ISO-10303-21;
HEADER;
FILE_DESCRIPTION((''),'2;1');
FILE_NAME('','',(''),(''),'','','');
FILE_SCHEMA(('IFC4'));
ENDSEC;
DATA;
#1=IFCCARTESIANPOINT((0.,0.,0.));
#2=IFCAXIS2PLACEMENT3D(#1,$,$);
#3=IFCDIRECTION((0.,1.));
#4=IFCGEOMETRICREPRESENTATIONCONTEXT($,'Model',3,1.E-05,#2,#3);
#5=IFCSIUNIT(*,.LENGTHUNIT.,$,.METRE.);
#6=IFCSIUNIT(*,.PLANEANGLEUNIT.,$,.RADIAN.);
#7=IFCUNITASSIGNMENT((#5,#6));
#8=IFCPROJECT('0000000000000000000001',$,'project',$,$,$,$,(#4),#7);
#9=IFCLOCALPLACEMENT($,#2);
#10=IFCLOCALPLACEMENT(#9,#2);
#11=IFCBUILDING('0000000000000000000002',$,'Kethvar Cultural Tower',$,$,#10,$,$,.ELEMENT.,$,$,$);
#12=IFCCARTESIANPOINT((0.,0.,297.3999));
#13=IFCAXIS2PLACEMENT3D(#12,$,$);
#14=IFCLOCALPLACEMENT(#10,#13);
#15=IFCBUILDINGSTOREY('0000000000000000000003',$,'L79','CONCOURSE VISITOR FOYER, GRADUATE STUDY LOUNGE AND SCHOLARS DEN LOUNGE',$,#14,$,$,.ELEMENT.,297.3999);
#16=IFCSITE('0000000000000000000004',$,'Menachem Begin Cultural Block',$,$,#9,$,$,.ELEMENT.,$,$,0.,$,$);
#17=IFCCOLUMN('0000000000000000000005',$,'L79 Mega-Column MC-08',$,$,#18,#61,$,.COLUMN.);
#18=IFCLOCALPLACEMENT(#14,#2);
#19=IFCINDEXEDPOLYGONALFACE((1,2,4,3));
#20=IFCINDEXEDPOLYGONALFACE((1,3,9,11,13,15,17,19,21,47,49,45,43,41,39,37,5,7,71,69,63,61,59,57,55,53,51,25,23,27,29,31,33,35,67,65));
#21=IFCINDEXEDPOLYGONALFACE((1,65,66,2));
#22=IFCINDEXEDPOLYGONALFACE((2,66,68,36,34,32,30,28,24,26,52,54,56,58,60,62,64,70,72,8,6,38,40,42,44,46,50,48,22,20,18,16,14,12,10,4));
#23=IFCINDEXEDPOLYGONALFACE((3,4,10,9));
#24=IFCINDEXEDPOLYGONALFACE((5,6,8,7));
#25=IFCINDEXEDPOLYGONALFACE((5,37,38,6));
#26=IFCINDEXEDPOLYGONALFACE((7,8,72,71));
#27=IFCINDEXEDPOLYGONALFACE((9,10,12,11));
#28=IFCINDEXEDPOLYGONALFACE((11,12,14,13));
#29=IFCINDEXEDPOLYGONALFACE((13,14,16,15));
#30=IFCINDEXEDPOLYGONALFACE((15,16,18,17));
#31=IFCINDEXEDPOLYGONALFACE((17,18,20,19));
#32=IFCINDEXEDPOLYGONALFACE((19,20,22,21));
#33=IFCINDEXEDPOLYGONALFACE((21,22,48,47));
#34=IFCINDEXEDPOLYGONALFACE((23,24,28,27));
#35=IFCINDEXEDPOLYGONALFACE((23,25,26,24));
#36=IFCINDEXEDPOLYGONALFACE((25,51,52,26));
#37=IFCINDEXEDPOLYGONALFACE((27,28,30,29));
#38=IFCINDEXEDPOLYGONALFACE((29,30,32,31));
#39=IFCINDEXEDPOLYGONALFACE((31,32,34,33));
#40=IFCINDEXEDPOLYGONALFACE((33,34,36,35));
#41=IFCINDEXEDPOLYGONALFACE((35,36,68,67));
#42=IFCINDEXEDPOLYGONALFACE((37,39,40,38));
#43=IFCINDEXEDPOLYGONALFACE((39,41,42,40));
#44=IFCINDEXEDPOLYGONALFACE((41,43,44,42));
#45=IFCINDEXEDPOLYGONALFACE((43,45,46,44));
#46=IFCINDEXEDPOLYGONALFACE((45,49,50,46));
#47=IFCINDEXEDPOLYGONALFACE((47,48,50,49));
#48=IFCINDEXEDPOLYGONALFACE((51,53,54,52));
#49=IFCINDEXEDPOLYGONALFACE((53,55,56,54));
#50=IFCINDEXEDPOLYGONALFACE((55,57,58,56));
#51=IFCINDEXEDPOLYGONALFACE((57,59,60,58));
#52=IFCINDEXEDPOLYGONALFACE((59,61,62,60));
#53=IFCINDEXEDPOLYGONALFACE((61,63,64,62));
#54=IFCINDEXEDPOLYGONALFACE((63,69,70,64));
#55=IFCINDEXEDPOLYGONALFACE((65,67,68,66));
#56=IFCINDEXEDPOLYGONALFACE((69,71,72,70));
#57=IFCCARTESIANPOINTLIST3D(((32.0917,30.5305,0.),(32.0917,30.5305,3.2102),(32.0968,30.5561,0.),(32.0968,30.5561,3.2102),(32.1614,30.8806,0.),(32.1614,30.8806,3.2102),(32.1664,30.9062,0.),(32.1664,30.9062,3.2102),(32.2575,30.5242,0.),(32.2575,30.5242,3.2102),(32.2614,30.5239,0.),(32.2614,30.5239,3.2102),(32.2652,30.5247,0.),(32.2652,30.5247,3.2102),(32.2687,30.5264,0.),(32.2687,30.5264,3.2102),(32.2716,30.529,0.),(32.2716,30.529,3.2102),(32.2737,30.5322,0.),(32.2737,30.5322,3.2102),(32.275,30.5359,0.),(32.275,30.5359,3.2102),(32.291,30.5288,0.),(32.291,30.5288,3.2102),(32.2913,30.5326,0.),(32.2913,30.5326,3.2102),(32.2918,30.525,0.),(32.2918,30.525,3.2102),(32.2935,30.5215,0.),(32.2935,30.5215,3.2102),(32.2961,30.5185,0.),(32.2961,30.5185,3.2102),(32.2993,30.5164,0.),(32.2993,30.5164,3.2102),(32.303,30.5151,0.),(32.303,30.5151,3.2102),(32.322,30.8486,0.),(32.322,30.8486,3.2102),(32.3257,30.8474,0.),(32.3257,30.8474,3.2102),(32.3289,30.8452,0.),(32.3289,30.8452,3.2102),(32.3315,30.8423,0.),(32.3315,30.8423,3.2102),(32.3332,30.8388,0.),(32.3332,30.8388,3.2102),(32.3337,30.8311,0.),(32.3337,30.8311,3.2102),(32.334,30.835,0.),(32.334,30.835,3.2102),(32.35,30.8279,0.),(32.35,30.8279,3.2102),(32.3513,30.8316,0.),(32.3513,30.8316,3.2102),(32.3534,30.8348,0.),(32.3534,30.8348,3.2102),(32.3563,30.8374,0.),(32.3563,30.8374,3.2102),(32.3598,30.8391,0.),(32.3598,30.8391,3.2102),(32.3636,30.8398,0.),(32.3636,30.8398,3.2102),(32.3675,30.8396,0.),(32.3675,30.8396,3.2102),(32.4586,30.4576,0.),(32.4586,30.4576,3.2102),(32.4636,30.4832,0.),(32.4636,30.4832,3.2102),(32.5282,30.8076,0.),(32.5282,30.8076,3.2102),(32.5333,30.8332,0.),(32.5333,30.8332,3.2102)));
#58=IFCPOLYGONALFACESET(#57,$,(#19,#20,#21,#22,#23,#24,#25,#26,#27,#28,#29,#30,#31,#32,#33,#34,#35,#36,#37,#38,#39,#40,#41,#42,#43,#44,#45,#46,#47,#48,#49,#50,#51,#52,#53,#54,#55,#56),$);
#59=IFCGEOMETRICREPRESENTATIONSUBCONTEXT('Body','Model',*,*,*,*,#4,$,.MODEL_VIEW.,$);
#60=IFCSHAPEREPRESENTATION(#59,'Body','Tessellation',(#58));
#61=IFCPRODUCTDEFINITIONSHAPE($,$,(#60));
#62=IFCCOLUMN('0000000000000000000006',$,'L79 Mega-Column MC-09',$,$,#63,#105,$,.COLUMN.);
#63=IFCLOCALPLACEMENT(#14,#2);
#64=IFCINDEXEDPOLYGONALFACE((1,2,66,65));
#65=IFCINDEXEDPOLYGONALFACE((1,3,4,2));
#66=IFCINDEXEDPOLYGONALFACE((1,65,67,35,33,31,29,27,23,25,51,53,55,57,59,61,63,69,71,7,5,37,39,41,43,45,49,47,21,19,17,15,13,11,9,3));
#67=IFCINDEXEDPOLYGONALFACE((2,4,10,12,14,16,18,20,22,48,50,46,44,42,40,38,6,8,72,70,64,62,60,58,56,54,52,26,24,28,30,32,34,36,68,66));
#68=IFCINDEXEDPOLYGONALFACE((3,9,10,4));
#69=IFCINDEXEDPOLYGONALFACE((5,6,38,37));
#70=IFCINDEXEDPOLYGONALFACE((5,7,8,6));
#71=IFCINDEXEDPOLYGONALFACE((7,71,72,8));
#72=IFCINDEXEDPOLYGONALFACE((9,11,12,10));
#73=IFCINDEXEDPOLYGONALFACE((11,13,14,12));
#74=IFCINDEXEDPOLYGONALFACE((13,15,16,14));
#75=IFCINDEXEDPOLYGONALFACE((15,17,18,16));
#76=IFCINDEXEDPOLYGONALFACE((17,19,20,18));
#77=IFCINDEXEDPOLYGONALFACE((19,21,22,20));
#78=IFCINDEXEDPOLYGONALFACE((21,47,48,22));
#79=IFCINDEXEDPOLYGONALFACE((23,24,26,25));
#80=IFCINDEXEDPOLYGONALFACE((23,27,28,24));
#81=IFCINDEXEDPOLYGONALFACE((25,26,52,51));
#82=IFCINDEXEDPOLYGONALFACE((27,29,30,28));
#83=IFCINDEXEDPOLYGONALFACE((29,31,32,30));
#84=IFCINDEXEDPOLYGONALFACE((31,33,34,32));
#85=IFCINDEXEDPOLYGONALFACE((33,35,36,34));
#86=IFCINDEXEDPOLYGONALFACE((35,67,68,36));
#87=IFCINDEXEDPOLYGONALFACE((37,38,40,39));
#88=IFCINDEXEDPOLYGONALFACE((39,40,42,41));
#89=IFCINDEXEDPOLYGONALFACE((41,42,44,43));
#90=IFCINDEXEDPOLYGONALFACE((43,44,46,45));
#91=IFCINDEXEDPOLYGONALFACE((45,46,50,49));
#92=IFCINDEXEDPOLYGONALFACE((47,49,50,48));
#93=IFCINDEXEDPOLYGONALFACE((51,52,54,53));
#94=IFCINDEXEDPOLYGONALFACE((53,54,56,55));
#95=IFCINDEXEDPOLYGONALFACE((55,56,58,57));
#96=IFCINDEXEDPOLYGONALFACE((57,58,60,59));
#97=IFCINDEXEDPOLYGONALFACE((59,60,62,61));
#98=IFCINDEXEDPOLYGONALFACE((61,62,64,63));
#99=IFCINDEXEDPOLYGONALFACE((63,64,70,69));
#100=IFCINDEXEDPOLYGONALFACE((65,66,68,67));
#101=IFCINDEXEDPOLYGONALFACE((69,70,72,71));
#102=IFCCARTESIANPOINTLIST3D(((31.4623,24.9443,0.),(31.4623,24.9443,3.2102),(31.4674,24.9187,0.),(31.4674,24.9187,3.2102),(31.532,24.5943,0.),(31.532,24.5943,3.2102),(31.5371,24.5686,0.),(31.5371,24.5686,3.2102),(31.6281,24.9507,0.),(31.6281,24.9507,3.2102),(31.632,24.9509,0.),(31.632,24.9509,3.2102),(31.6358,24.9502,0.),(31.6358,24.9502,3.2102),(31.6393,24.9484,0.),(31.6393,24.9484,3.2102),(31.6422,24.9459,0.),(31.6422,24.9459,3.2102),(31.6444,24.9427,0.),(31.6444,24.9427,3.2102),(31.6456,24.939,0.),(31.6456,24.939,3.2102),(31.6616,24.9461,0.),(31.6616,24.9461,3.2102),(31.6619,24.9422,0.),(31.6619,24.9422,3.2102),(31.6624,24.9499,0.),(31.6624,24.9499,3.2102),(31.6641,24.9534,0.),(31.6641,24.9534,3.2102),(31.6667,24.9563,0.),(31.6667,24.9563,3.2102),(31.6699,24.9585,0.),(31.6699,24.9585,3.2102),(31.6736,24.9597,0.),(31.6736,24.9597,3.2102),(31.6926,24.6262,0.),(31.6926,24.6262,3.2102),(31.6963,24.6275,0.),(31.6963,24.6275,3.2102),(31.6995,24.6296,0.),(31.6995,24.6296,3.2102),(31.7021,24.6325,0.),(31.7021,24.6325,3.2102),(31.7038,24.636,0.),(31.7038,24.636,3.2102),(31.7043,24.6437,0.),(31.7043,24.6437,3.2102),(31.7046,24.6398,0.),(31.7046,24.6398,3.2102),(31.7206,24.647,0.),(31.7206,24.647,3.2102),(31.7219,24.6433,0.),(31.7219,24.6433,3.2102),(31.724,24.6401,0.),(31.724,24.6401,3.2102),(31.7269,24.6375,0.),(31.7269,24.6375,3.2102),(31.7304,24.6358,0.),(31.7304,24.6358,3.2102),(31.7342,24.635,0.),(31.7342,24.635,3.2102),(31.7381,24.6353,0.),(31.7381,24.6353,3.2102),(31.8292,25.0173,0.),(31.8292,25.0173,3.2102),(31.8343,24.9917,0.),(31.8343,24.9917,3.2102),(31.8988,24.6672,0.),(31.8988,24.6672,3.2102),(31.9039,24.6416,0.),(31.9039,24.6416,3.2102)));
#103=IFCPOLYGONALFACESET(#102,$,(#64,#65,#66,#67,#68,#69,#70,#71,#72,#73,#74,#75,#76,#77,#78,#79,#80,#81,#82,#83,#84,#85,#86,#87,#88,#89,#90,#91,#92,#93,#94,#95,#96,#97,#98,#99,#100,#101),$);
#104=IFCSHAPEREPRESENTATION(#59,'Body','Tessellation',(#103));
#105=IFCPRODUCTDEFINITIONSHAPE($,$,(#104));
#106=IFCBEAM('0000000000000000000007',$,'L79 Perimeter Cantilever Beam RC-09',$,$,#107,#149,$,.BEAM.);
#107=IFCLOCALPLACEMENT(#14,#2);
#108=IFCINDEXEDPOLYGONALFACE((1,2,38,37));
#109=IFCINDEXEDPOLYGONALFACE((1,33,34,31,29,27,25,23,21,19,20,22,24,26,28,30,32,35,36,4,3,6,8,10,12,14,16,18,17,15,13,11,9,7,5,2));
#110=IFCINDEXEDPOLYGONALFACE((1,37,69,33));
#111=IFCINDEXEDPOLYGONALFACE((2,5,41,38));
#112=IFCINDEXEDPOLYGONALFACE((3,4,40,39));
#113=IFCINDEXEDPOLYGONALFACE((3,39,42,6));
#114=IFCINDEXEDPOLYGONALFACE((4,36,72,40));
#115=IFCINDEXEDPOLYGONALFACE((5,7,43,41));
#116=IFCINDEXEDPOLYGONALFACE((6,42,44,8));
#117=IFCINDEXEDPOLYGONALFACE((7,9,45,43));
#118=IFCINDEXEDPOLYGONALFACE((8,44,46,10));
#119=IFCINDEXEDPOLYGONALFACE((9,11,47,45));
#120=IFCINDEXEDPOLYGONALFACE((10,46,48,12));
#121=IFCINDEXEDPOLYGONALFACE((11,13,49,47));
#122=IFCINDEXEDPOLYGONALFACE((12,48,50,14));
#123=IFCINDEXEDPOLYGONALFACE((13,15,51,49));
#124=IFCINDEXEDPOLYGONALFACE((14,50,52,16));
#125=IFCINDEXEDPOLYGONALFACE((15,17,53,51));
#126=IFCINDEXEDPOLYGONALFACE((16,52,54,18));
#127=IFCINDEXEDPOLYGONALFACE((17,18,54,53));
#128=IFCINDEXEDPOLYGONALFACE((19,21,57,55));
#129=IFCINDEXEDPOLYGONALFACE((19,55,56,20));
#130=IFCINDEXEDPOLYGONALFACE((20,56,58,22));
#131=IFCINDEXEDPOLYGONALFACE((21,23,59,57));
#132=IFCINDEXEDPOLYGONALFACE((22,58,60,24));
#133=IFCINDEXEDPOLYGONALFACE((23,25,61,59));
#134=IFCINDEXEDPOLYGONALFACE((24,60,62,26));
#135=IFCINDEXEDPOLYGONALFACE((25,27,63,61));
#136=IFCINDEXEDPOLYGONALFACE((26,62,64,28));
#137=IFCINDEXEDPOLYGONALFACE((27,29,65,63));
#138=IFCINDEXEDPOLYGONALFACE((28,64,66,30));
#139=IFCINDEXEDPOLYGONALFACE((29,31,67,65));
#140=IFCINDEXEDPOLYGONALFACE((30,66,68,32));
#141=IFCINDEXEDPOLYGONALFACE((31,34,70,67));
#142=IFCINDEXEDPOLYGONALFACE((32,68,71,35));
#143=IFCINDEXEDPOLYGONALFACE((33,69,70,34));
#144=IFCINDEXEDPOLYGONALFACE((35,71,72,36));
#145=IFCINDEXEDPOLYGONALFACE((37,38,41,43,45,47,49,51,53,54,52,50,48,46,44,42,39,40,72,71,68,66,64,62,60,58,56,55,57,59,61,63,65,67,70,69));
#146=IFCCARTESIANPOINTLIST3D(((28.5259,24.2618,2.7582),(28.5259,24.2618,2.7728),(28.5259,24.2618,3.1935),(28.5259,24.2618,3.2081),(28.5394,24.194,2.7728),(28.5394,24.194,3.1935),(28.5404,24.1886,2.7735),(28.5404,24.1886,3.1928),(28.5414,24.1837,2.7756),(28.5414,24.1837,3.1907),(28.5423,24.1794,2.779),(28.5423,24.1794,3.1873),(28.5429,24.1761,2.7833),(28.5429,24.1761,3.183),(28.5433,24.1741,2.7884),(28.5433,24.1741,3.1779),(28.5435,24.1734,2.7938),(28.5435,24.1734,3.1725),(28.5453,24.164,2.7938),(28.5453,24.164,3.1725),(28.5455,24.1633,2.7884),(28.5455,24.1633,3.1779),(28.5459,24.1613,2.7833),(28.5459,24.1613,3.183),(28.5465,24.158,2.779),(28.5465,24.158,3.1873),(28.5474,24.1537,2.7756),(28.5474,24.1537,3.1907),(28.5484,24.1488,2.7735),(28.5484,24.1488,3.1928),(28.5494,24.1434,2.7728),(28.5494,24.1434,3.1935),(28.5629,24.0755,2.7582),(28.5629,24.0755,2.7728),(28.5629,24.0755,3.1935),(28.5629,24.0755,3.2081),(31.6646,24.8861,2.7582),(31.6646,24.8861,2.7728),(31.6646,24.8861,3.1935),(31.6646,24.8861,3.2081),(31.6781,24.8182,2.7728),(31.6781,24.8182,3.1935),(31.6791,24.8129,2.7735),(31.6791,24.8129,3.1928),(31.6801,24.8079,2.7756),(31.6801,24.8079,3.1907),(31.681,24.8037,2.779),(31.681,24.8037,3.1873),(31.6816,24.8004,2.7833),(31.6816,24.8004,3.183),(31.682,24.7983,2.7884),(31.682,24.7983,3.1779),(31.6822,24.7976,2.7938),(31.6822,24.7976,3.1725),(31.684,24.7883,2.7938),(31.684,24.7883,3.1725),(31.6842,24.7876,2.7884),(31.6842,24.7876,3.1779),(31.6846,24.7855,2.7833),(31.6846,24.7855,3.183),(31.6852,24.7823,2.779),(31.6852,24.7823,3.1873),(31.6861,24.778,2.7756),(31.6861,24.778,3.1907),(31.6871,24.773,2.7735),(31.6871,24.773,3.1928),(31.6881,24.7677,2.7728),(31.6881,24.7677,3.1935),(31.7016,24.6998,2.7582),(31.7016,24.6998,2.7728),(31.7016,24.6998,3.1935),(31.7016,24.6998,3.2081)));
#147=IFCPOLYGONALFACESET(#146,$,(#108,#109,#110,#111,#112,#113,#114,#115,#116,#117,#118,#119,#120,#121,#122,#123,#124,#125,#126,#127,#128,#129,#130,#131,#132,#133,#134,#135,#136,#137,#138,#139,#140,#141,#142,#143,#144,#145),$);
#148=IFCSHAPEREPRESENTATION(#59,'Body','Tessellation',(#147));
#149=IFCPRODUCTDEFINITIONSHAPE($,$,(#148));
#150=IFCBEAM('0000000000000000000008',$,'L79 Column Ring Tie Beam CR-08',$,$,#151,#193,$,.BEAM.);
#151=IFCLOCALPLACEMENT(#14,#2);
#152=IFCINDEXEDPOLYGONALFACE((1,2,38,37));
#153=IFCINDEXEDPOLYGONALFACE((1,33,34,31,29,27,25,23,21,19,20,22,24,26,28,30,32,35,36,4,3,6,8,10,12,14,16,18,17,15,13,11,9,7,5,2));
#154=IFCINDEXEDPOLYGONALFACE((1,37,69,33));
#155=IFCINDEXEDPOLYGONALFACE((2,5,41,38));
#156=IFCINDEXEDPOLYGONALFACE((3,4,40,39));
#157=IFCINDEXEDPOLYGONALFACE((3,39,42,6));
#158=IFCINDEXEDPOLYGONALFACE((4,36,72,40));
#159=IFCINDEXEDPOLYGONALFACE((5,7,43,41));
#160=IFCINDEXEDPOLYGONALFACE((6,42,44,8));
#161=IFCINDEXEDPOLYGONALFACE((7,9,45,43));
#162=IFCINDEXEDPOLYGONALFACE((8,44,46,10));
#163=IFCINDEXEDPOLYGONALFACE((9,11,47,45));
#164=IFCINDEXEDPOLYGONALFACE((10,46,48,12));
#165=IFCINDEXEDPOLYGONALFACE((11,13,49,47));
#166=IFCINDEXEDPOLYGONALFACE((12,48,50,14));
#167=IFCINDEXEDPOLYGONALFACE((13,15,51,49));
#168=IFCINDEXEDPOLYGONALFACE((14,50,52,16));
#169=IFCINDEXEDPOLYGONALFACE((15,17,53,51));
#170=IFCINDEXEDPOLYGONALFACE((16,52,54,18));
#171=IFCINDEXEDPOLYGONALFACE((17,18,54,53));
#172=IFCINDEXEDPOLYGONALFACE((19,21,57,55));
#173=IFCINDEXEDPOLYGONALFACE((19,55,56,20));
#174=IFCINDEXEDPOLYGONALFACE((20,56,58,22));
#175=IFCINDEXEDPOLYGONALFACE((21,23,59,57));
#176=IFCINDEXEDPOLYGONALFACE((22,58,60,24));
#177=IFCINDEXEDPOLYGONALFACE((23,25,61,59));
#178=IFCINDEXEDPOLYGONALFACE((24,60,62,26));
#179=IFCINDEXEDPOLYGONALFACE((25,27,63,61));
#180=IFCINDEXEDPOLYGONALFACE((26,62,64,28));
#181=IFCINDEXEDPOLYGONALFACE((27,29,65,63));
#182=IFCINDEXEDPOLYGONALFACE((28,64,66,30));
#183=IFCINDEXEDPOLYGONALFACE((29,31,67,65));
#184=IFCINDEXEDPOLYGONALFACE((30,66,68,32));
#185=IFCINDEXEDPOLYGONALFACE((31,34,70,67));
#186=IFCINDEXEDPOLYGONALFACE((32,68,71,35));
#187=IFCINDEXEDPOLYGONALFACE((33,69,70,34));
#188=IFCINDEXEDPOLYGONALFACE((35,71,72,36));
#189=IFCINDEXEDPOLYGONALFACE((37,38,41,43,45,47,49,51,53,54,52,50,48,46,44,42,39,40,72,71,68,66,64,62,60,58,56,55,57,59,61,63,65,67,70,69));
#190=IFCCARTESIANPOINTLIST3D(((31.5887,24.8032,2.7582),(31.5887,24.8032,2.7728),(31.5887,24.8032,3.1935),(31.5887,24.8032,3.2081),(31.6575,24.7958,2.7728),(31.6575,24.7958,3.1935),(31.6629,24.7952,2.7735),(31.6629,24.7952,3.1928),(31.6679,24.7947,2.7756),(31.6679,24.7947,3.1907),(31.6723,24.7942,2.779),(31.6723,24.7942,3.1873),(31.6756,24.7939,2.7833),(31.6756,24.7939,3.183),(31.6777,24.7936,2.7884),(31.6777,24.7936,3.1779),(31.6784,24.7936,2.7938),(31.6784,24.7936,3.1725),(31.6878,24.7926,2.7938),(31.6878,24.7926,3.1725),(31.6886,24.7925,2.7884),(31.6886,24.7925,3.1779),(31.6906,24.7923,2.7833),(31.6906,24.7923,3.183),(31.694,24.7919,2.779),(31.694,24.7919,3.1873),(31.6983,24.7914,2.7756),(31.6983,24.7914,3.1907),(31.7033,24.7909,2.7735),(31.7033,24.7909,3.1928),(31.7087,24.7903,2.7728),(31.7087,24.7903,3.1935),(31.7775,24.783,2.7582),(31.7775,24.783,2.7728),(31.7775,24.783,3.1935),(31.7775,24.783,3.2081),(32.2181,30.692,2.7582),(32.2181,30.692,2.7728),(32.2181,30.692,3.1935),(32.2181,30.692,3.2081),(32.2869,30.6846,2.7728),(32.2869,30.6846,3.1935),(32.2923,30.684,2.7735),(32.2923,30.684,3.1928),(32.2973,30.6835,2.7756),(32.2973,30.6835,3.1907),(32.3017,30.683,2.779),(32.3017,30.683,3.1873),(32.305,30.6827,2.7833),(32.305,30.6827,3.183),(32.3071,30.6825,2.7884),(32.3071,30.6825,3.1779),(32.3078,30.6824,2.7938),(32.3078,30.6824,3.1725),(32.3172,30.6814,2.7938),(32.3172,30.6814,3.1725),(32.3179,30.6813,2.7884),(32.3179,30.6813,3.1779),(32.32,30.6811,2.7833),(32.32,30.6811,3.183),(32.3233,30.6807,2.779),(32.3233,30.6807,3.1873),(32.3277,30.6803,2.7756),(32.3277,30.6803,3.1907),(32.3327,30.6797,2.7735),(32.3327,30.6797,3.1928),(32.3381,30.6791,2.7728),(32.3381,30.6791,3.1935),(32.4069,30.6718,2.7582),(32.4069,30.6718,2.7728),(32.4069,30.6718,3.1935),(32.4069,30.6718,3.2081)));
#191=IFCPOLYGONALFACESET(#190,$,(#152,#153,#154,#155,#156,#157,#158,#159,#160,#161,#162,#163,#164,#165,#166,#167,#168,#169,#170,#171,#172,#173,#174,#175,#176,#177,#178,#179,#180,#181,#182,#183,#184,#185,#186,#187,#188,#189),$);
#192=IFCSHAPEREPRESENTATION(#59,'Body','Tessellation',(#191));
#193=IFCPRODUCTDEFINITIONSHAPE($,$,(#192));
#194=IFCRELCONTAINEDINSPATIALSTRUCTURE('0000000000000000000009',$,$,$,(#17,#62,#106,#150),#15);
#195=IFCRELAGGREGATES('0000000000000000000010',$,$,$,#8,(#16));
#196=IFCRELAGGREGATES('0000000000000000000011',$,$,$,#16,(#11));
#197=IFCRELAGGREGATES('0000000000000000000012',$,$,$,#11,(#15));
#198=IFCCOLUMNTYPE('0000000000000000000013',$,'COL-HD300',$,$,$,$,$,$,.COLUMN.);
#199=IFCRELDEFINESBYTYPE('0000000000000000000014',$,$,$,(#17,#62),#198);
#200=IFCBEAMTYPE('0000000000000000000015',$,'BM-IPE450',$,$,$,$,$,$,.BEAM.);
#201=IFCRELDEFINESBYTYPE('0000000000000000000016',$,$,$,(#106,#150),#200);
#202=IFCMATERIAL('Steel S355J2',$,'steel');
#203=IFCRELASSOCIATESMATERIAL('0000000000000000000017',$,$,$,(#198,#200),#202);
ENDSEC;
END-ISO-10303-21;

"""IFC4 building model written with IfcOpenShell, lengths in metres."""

from ifc_helpers import new_model, si_unit, direction, frame, origin, origin_2d, place, context, subcontext, project, spatial, i_section, extrude, source, transform, mapped, material, material_profile, profile_set, type_object, element, save


model = new_model("IFC4")

# Units and contexts
model_context = context("Model", 3, precision=1e-05, world=origin(), true_north=direction((0.0, 1.0)))
body_context = subcontext(model_context, "Body", "Model", "MODEL_VIEW")
ifc_project = project(units=[si_unit("LENGTHUNIT", "METRE"), si_unit("PLANEANGLEUNIT", "RADIAN")], contexts=[model_context])

# Site, building, storey
site_placement = place(None, origin())
site = spatial("IfcSite", under=ifc_project, at=site_placement, Name="Menachem Begin Cultural Block", CompositionType="ELEMENT", RefElevation=0.0)
building_placement = place(site_placement, origin())
building = spatial("IfcBuilding", under=site, at=building_placement, Name="Kethvar Cultural Tower", CompositionType="ELEMENT")
storey_placement = place(building_placement, frame((0.0, 0.0, 297.3999)))
storey = spatial("IfcBuildingStorey", under=building, at=storey_placement, Name="L79", Description="CONCOURSE VISITOR FOYER, GRADUATE STUDY LOUNGE AND SCHOLARS DEN LOUNGE", CompositionType="ELEMENT", Elevation=297.3999)

# Columns
ifc_material_1 = material(Name="Steel S355J2", Category="steel")
ifc_material_profile_1 = material_profile(ifc_material_1, i_section(OverallWidth=0.374, OverallDepth=0.3831, WebThickness=0.0166, FlangeThickness=0.0261, FilletRadius=0.0149, at=origin_2d()), Name="Steel S355J2 — HD360x300")
ifc_profile_set_1 = profile_set([ifc_material_profile_1], Name="Steel S355J2 — HD360x300")
column_type = type_object("IfcColumnType", Name="COL-HD300", PredefinedType="COLUMN", material=ifc_profile_set_1)
shared_shape_1 = source(origin(), body_context, "Body", "SweptSolid", [
    extrude(i_section(OverallWidth=0.374, OverallDepth=0.3831, WebThickness=0.0166, FlangeThickness=0.0261, FilletRadius=0.0149, at=origin_2d()), origin(), (0.0, 0.0, 1.0), 3.2102),
])
for number, where, z_axis, x_axis, name in (
    (1, (32.3125, 30.6819, 0.0), (0.0, 0.0, 1.0), (-0.980785, 0.19509, 0.0), "L79 Mega-Column MC-08"),
    (2, (31.6831, 24.793, 0.0), (0.0, 0.0, 1.0), (-0.980785, -0.19509, 0.0), "L79 Mega-Column MC-09"),
):
    element("IfcColumn", number, at=place(storey_placement, frame(where, z_axis=z_axis, x_axis=x_axis)), inside=storey, type_object=column_type, Name=name, PredefinedType="COLUMN", context=body_context, shape_type="MappedRepresentation", body=[
        mapped(shared_shape_1, transform((0.0, 0.0, 0.0), scale=1.0)),
    ])

# Beams
ifc_material_profile_2 = material_profile(ifc_material_1, i_section(OverallWidth=0.1899, OverallDepth=0.45, WebThickness=0.0095, FlangeThickness=0.0146, FilletRadius=0.021, at=origin_2d()), Name="Steel S355J2 — IPE450")
ifc_profile_set_2 = profile_set([ifc_material_profile_2], Name="Steel S355J2 — IPE450")
beam_type_1 = type_object("IfcBeamType", Name="BM-IPE450", PredefinedType="BEAM", material=ifc_profile_set_2)
shared_shape_2 = source(origin(), body_context, "Body", "SweptSolid", [
    extrude(i_section(OverallWidth=0.1899, OverallDepth=0.45, WebThickness=0.0095, FlangeThickness=0.0146, FilletRadius=0.021, at=origin_2d()), origin(), (0.0, 0.0, 1.0), 3.2002),
])
beam_1_placement = place(storey_placement, frame((31.6831, 24.793, 2.9832), z_axis=(-0.980788, -0.195074, 0.0), x_axis=(0.195074, -0.980788, 0.0)))
element("IfcBeam", 3, at=beam_1_placement, inside=storey, type_object=beam_type_1, Name="L79 Perimeter Cantilever Beam RC-09", PredefinedType="BEAM", context=body_context, shape_type="MappedRepresentation", body=[
    mapped(shared_shape_2, transform((0.0, 0.0, 0.0), scale=1.0)),
])
shared_shape_3 = source(origin(), body_context, "Body", "SweptSolid", [
    extrude(i_section(OverallWidth=0.1899, OverallDepth=0.45, WebThickness=0.0095, FlangeThickness=0.0146, FilletRadius=0.021, at=origin_2d()), origin(), (0.0, 0.0, 1.0), 5.9224),
])
beam_2_placement = place(storey_placement, frame((32.3125, 30.6819, 2.9832), z_axis=(-0.106273, -0.994337, 0.0), x_axis=(0.994337, -0.106273, 0.0)))
element("IfcBeam", 4, at=beam_2_placement, inside=storey, type_object=beam_type_1, Name="L79 Column Ring Tie Beam CR-08", PredefinedType="BEAM", context=body_context, shape_type="MappedRepresentation", body=[
    mapped(shared_shape_3, transform((0.0, 0.0, 0.0), scale=1.0)),
])

save(model, "model.ifc")
